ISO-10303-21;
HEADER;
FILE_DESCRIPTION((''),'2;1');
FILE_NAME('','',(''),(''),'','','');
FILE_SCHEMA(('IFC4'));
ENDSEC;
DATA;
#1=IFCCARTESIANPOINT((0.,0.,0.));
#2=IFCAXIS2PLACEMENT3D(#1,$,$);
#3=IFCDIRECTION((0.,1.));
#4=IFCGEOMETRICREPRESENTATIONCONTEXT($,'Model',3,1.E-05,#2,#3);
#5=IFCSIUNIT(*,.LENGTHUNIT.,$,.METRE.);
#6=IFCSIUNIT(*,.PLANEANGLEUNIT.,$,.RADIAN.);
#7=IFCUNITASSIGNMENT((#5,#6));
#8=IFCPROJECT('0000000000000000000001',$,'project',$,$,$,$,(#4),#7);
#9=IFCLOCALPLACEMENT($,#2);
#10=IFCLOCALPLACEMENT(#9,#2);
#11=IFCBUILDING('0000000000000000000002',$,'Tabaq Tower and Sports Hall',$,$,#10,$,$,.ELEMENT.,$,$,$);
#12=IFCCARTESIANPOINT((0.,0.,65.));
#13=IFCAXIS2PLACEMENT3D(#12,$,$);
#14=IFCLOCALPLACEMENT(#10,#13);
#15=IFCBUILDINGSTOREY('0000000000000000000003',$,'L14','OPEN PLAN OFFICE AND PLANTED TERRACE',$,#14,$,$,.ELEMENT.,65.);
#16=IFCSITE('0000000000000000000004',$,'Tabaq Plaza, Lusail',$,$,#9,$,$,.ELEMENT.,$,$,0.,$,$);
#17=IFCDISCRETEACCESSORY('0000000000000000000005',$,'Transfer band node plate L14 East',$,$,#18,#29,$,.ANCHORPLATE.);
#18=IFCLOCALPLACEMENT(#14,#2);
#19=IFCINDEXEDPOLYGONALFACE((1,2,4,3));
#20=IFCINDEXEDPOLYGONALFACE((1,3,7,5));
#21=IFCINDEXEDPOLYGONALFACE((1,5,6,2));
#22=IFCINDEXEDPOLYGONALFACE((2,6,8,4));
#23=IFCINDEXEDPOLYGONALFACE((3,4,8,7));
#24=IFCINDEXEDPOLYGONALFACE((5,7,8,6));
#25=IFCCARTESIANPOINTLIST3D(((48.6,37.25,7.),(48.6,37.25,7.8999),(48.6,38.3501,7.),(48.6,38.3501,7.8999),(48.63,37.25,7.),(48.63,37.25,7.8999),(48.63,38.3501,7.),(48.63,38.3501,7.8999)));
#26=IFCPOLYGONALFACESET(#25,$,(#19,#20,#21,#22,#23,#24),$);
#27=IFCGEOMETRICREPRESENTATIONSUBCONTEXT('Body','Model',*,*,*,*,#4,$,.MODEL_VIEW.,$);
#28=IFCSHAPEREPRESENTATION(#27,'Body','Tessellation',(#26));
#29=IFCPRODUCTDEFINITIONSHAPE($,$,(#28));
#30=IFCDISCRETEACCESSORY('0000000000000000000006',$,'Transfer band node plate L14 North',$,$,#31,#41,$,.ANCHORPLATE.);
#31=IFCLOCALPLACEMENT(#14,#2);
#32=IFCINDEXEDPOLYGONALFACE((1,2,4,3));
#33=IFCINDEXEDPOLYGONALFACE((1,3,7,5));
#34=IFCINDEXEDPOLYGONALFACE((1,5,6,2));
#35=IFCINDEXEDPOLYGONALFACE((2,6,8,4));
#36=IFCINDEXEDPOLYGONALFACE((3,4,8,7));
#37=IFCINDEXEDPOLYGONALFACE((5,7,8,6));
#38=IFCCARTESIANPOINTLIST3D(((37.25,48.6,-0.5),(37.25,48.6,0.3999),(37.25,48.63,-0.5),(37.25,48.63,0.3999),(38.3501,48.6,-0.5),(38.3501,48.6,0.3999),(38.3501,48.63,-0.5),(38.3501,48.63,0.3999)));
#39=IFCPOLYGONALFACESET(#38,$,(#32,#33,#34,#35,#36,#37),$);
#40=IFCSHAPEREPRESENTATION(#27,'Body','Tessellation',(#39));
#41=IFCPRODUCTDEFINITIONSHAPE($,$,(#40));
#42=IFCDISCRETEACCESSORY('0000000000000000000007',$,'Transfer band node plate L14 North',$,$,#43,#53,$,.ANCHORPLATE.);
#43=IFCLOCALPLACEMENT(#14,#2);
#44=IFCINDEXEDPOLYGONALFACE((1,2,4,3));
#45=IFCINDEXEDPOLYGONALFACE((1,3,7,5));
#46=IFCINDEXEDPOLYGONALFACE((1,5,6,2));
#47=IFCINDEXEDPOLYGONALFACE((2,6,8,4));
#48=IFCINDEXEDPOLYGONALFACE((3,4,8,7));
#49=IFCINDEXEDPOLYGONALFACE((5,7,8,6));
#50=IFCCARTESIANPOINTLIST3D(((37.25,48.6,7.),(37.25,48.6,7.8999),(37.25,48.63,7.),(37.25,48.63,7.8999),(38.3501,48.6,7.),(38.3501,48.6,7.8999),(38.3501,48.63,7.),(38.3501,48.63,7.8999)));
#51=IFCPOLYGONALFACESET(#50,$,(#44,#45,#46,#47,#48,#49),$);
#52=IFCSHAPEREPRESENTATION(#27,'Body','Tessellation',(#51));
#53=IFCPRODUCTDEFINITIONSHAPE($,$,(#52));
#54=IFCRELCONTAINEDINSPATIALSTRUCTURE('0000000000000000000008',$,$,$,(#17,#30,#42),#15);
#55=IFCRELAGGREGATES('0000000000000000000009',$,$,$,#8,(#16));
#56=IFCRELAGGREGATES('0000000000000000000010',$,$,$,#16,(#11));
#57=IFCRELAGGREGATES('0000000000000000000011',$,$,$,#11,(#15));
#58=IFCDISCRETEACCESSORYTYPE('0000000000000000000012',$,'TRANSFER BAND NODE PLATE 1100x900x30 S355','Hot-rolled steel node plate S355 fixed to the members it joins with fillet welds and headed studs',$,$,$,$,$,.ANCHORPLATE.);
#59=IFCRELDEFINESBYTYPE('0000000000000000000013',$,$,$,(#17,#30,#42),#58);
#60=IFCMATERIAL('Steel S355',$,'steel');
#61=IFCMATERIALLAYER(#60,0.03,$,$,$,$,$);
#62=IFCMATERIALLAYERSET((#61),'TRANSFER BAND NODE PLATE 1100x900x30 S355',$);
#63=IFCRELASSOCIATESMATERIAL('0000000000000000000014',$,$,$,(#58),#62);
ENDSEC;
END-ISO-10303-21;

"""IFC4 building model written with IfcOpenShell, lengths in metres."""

from ifc_helpers import new_model, si_unit, direction, frame, origin, origin_2d, place, context, subcontext, project, spatial, rectangle, extrude, material, layer, layer_set, type_object, element, save


model = new_model("IFC4")

# Units and contexts
model_context = context("Model", 3, precision=1e-05, world=origin(), true_north=direction((0.0, 1.0)))
body_context = subcontext(model_context, "Body", "Model", "MODEL_VIEW")
ifc_project = project(units=[si_unit("LENGTHUNIT", "METRE"), si_unit("PLANEANGLEUNIT", "RADIAN")], contexts=[model_context])

# Site, building, storey
site_placement = place(None, origin())
site = spatial("IfcSite", under=ifc_project, at=site_placement, Name="Tabaq Plaza, Lusail", CompositionType="ELEMENT", RefElevation=0.0)
building_placement = place(site_placement, origin())
building = spatial("IfcBuilding", under=site, at=building_placement, Name="Tabaq Tower and Sports Hall", CompositionType="ELEMENT")
storey_placement = place(building_placement, frame((0.0, 0.0, 65.0)))
storey = spatial("IfcBuildingStorey", under=building, at=storey_placement, Name="L14", Description="OPEN PLAN OFFICE AND PLANTED TERRACE", CompositionType="ELEMENT", Elevation=65.0)

# Discrete accessories
ifc_material_1 = material(Name="Steel S355", Category="steel")
ifc_layer_1 = layer(ifc_material_1, 0.03)
ifc_layer_set_1 = layer_set([ifc_layer_1], Name="TRANSFER BAND NODE PLATE 1100x900x30 S355")
discrete_accessory_type = type_object("IfcDiscreteAccessoryType", Name="TRANSFER BAND NODE PLATE 1100x900x30 S355", Description="Hot-rolled steel node plate S355 fixed to the members it joins with fillet welds and headed studs", PredefinedType="ANCHORPLATE", material=ifc_layer_set_1)
for number, where, z_axis, x_axis, name in (
    (1, (48.615, 37.8, 7.0), (0.0, 0.0, 1.0), (0.0, 1.0, 0.0), "Transfer band node plate L14 East"),
    (2, (37.8, 48.615, -0.5), (0.0, 0.0, 1.0), (-1.0, 0.0, 0.0), "Transfer band node plate L14 North"),
    (3, (37.8, 48.615, 7.0), (0.0, 0.0, 1.0), (-1.0, 0.0, 0.0), "Transfer band node plate L14 North"),
):
    element("IfcDiscreteAccessory", number, at=place(storey_placement, frame(where, z_axis=z_axis, x_axis=x_axis)), inside=storey, type_object=discrete_accessory_type, Name=name, PredefinedType="ANCHORPLATE", context=body_context, shape_type="SweptSolid", body=[
        extrude(rectangle(XDim=1.1001, YDim=0.03, at=origin_2d()), origin(), (0.0, 0.0, 1.0), 0.8999),
    ])

save(model, "model.ifc")
